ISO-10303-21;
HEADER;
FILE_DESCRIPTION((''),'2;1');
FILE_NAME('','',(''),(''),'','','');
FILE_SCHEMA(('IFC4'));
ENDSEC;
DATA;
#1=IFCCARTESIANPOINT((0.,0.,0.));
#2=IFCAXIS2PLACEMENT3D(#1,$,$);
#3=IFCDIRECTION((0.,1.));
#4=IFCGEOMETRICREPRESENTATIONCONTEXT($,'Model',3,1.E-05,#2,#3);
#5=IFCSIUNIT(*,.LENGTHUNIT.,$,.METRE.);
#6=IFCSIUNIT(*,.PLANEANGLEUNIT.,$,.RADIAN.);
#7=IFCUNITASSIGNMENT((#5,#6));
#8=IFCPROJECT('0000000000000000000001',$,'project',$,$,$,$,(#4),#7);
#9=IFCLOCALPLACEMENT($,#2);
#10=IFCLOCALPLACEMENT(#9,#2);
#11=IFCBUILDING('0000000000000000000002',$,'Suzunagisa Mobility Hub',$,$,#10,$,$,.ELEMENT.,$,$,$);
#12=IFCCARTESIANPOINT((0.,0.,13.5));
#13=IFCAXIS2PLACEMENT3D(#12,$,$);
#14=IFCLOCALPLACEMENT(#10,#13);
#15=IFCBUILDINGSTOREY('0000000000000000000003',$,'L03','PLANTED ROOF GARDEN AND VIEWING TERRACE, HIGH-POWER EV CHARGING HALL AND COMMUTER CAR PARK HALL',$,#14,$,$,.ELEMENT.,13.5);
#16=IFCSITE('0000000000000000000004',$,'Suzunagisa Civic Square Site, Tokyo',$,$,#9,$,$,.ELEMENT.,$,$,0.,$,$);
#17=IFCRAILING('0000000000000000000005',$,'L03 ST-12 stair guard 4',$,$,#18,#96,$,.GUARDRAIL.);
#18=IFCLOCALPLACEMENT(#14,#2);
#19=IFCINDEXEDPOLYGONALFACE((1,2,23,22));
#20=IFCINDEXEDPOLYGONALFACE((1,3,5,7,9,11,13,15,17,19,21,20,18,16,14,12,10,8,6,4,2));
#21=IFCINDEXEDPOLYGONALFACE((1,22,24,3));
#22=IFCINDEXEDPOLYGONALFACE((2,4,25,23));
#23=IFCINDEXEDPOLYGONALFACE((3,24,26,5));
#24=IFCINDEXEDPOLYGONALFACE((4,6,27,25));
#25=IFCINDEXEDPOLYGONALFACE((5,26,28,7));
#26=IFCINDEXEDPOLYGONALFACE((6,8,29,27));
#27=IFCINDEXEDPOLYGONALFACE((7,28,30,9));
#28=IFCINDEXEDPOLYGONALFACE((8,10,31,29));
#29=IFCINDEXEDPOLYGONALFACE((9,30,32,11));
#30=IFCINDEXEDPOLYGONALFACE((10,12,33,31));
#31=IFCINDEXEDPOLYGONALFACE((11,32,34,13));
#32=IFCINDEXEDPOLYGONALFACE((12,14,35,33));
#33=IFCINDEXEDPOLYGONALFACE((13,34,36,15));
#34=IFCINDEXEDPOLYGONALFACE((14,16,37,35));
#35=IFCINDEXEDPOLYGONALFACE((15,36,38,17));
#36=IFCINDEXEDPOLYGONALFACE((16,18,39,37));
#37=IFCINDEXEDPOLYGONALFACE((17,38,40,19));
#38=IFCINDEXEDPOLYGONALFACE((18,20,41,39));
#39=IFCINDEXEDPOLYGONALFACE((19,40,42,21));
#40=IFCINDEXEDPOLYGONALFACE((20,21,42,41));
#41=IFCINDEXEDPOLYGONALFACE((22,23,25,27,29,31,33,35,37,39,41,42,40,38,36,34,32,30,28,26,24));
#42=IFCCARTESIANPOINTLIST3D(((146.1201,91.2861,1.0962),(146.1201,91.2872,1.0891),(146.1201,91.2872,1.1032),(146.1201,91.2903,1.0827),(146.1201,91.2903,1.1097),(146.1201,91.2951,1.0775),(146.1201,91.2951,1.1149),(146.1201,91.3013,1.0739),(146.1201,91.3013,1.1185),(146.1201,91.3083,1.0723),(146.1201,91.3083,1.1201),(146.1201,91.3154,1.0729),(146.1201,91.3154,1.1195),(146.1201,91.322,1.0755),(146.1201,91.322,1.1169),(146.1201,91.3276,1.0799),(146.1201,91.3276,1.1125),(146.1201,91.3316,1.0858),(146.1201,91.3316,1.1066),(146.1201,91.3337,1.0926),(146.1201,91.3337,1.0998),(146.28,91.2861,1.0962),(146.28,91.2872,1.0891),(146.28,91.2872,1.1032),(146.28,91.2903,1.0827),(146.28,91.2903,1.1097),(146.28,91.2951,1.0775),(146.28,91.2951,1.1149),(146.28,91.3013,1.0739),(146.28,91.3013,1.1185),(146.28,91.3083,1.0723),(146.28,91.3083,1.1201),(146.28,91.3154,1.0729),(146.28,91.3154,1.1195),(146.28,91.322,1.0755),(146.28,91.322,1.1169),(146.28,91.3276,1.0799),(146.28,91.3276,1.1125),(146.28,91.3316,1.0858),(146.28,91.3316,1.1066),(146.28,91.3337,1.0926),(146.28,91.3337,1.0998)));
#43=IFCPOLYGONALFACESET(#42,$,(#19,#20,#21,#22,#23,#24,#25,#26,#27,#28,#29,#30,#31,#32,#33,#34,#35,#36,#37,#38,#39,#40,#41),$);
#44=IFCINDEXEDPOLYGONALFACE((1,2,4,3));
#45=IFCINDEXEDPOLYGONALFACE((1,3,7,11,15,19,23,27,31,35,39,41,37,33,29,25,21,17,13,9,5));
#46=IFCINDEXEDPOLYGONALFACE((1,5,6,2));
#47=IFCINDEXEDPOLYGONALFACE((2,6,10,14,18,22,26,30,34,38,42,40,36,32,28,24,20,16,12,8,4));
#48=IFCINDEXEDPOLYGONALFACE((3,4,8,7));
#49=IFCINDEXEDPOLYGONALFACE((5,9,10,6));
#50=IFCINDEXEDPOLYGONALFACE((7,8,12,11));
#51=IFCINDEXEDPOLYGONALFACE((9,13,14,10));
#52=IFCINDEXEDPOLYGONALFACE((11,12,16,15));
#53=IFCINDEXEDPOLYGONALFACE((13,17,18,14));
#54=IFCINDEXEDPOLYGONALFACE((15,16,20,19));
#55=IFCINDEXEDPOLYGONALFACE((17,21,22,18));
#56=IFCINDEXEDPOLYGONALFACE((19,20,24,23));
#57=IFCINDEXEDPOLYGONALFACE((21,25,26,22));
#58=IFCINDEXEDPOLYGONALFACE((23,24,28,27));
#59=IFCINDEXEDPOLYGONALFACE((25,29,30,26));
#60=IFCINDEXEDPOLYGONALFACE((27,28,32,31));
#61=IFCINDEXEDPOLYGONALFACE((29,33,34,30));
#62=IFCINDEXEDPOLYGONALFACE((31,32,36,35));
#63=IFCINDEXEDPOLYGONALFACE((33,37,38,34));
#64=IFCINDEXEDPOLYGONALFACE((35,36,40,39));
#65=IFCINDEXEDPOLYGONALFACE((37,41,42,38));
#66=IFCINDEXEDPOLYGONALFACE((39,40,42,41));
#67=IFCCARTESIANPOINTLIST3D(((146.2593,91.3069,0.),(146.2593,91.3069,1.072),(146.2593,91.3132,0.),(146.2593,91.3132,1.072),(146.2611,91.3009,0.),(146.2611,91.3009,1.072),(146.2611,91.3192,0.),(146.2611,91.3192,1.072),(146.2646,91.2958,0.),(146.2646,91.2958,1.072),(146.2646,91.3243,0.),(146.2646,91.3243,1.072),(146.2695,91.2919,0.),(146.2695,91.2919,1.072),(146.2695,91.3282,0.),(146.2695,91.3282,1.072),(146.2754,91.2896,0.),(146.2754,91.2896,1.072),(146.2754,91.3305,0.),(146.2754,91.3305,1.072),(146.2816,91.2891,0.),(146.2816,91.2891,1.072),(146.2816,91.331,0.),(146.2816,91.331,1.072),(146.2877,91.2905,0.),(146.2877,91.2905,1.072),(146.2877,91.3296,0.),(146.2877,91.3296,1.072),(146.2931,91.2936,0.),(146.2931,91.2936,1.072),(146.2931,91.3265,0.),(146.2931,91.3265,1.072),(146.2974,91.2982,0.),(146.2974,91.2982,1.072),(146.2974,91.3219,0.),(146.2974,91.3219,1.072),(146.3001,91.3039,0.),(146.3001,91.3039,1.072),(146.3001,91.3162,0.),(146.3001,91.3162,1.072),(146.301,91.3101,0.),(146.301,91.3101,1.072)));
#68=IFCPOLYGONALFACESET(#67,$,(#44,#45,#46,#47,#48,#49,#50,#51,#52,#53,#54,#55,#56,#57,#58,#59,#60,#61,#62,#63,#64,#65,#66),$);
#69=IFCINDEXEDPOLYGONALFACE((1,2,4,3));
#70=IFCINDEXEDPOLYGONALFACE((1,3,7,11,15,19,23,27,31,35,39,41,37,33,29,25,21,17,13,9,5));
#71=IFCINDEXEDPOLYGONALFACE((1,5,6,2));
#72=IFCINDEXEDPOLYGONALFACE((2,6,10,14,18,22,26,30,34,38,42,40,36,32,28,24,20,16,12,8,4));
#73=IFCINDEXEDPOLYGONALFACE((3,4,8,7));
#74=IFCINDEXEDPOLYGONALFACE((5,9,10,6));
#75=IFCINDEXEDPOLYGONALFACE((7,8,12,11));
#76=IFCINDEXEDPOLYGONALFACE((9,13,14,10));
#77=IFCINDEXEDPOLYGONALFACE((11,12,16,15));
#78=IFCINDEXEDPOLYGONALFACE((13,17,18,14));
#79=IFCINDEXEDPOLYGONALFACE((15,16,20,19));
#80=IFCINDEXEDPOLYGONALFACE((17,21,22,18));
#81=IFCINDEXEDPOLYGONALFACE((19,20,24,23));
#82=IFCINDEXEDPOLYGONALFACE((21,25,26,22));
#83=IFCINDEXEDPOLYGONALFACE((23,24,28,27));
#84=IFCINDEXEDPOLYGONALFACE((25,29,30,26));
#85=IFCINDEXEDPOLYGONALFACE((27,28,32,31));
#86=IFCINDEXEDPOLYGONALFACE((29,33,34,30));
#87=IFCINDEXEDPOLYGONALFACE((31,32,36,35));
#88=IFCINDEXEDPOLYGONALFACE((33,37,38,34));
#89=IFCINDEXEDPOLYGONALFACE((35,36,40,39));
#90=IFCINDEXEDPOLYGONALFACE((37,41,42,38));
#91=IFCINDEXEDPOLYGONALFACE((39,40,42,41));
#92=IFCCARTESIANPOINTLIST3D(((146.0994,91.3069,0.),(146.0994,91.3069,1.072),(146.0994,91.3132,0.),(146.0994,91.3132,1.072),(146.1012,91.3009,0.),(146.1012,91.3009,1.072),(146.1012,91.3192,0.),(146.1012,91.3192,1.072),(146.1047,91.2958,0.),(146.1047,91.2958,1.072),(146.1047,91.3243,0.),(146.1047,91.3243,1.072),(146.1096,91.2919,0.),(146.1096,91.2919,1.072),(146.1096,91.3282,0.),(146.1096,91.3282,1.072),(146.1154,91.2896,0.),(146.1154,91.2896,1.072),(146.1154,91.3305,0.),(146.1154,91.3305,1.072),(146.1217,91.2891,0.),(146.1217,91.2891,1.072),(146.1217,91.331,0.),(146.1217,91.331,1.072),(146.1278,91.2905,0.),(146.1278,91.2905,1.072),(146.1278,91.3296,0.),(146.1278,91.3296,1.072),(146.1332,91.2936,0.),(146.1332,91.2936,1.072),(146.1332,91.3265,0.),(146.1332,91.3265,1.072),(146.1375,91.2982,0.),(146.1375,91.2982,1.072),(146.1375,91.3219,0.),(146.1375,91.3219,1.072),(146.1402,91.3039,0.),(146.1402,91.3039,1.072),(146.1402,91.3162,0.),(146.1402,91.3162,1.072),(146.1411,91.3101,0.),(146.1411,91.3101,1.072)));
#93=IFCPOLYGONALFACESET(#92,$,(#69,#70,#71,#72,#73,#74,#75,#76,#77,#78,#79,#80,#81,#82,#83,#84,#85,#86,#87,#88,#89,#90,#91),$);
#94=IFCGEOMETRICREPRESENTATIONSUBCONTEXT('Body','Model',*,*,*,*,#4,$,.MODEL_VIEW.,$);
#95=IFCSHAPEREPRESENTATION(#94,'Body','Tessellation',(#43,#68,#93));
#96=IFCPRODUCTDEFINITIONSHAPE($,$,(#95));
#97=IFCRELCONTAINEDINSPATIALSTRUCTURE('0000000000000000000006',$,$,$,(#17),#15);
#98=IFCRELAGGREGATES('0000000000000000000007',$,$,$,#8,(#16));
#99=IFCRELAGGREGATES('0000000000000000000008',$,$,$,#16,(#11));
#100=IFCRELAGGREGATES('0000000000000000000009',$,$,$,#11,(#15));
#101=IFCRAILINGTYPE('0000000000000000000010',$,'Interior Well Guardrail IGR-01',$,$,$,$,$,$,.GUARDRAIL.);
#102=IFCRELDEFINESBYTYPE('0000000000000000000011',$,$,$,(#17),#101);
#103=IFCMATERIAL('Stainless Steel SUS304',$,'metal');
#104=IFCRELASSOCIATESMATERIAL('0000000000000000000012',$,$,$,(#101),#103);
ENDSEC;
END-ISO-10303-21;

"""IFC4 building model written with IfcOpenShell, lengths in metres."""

from ifc_helpers import new_model, si_unit, direction, frame, origin, origin_2d, place, context, subcontext, project, spatial, circle, extrude, material, type_object, element, save


model = new_model("IFC4")

# Units and contexts
model_context = context("Model", 3, precision=1e-05, world=origin(), true_north=direction((0.0, 1.0)))
body_context = subcontext(model_context, "Body", "Model", "MODEL_VIEW")
ifc_project = project(units=[si_unit("LENGTHUNIT", "METRE"), si_unit("PLANEANGLEUNIT", "RADIAN")], contexts=[model_context])

# Site, building, storey
site_placement = place(None, origin())
site = spatial("IfcSite", under=ifc_project, at=site_placement, Name="Suzunagisa Civic Square Site, Tokyo", CompositionType="ELEMENT", RefElevation=0.0)
building_placement = place(site_placement, origin())
building = spatial("IfcBuilding", under=site, at=building_placement, Name="Suzunagisa Mobility Hub", CompositionType="ELEMENT")
storey_placement = place(building_placement, frame((0.0, 0.0, 13.5)))
storey = spatial("IfcBuildingStorey", under=building, at=storey_placement, Name="L03", Description="PLANTED ROOF GARDEN AND VIEWING TERRACE, HIGH-POWER EV CHARGING HALL AND COMMUTER CAR PARK HALL", CompositionType="ELEMENT", Elevation=13.5)

# Railing
ifc_material_1 = material(Name="Stainless Steel SUS304", Category="metal")
railing_type_1 = type_object("IfcRailingType", Name="Interior Well Guardrail IGR-01", PredefinedType="GUARDRAIL", material=ifc_material_1)
railing_1_placement = place(storey_placement, frame((146.28, 91.3101, 0.0)))
element("IfcRailing", 1, at=railing_1_placement, inside=storey, type_object=railing_type_1, Name="L03 ST-12 stair guard 4", PredefinedType="GUARDRAIL", context=body_context, shape_type="SweptSolid", body=[
    extrude(circle(Radius=0.0239, at=origin_2d()), frame((0.0, 0.0, 1.0962), z_axis=(-1.0, 0.0, 0.0), x_axis=(0.0, -1.0, 0.0)), (0.0, 0.0, 1.0), 0.1599),
    extrude(circle(Radius=0.021, at=origin_2d()), origin(), (0.0, 0.0, 1.0), 1.072),
    extrude(circle(Radius=0.021, at=origin_2d()), frame((-0.1599, 0.0, 0.0)), (0.0, 0.0, 1.0), 1.072),
])

save(model, "model.ifc")
